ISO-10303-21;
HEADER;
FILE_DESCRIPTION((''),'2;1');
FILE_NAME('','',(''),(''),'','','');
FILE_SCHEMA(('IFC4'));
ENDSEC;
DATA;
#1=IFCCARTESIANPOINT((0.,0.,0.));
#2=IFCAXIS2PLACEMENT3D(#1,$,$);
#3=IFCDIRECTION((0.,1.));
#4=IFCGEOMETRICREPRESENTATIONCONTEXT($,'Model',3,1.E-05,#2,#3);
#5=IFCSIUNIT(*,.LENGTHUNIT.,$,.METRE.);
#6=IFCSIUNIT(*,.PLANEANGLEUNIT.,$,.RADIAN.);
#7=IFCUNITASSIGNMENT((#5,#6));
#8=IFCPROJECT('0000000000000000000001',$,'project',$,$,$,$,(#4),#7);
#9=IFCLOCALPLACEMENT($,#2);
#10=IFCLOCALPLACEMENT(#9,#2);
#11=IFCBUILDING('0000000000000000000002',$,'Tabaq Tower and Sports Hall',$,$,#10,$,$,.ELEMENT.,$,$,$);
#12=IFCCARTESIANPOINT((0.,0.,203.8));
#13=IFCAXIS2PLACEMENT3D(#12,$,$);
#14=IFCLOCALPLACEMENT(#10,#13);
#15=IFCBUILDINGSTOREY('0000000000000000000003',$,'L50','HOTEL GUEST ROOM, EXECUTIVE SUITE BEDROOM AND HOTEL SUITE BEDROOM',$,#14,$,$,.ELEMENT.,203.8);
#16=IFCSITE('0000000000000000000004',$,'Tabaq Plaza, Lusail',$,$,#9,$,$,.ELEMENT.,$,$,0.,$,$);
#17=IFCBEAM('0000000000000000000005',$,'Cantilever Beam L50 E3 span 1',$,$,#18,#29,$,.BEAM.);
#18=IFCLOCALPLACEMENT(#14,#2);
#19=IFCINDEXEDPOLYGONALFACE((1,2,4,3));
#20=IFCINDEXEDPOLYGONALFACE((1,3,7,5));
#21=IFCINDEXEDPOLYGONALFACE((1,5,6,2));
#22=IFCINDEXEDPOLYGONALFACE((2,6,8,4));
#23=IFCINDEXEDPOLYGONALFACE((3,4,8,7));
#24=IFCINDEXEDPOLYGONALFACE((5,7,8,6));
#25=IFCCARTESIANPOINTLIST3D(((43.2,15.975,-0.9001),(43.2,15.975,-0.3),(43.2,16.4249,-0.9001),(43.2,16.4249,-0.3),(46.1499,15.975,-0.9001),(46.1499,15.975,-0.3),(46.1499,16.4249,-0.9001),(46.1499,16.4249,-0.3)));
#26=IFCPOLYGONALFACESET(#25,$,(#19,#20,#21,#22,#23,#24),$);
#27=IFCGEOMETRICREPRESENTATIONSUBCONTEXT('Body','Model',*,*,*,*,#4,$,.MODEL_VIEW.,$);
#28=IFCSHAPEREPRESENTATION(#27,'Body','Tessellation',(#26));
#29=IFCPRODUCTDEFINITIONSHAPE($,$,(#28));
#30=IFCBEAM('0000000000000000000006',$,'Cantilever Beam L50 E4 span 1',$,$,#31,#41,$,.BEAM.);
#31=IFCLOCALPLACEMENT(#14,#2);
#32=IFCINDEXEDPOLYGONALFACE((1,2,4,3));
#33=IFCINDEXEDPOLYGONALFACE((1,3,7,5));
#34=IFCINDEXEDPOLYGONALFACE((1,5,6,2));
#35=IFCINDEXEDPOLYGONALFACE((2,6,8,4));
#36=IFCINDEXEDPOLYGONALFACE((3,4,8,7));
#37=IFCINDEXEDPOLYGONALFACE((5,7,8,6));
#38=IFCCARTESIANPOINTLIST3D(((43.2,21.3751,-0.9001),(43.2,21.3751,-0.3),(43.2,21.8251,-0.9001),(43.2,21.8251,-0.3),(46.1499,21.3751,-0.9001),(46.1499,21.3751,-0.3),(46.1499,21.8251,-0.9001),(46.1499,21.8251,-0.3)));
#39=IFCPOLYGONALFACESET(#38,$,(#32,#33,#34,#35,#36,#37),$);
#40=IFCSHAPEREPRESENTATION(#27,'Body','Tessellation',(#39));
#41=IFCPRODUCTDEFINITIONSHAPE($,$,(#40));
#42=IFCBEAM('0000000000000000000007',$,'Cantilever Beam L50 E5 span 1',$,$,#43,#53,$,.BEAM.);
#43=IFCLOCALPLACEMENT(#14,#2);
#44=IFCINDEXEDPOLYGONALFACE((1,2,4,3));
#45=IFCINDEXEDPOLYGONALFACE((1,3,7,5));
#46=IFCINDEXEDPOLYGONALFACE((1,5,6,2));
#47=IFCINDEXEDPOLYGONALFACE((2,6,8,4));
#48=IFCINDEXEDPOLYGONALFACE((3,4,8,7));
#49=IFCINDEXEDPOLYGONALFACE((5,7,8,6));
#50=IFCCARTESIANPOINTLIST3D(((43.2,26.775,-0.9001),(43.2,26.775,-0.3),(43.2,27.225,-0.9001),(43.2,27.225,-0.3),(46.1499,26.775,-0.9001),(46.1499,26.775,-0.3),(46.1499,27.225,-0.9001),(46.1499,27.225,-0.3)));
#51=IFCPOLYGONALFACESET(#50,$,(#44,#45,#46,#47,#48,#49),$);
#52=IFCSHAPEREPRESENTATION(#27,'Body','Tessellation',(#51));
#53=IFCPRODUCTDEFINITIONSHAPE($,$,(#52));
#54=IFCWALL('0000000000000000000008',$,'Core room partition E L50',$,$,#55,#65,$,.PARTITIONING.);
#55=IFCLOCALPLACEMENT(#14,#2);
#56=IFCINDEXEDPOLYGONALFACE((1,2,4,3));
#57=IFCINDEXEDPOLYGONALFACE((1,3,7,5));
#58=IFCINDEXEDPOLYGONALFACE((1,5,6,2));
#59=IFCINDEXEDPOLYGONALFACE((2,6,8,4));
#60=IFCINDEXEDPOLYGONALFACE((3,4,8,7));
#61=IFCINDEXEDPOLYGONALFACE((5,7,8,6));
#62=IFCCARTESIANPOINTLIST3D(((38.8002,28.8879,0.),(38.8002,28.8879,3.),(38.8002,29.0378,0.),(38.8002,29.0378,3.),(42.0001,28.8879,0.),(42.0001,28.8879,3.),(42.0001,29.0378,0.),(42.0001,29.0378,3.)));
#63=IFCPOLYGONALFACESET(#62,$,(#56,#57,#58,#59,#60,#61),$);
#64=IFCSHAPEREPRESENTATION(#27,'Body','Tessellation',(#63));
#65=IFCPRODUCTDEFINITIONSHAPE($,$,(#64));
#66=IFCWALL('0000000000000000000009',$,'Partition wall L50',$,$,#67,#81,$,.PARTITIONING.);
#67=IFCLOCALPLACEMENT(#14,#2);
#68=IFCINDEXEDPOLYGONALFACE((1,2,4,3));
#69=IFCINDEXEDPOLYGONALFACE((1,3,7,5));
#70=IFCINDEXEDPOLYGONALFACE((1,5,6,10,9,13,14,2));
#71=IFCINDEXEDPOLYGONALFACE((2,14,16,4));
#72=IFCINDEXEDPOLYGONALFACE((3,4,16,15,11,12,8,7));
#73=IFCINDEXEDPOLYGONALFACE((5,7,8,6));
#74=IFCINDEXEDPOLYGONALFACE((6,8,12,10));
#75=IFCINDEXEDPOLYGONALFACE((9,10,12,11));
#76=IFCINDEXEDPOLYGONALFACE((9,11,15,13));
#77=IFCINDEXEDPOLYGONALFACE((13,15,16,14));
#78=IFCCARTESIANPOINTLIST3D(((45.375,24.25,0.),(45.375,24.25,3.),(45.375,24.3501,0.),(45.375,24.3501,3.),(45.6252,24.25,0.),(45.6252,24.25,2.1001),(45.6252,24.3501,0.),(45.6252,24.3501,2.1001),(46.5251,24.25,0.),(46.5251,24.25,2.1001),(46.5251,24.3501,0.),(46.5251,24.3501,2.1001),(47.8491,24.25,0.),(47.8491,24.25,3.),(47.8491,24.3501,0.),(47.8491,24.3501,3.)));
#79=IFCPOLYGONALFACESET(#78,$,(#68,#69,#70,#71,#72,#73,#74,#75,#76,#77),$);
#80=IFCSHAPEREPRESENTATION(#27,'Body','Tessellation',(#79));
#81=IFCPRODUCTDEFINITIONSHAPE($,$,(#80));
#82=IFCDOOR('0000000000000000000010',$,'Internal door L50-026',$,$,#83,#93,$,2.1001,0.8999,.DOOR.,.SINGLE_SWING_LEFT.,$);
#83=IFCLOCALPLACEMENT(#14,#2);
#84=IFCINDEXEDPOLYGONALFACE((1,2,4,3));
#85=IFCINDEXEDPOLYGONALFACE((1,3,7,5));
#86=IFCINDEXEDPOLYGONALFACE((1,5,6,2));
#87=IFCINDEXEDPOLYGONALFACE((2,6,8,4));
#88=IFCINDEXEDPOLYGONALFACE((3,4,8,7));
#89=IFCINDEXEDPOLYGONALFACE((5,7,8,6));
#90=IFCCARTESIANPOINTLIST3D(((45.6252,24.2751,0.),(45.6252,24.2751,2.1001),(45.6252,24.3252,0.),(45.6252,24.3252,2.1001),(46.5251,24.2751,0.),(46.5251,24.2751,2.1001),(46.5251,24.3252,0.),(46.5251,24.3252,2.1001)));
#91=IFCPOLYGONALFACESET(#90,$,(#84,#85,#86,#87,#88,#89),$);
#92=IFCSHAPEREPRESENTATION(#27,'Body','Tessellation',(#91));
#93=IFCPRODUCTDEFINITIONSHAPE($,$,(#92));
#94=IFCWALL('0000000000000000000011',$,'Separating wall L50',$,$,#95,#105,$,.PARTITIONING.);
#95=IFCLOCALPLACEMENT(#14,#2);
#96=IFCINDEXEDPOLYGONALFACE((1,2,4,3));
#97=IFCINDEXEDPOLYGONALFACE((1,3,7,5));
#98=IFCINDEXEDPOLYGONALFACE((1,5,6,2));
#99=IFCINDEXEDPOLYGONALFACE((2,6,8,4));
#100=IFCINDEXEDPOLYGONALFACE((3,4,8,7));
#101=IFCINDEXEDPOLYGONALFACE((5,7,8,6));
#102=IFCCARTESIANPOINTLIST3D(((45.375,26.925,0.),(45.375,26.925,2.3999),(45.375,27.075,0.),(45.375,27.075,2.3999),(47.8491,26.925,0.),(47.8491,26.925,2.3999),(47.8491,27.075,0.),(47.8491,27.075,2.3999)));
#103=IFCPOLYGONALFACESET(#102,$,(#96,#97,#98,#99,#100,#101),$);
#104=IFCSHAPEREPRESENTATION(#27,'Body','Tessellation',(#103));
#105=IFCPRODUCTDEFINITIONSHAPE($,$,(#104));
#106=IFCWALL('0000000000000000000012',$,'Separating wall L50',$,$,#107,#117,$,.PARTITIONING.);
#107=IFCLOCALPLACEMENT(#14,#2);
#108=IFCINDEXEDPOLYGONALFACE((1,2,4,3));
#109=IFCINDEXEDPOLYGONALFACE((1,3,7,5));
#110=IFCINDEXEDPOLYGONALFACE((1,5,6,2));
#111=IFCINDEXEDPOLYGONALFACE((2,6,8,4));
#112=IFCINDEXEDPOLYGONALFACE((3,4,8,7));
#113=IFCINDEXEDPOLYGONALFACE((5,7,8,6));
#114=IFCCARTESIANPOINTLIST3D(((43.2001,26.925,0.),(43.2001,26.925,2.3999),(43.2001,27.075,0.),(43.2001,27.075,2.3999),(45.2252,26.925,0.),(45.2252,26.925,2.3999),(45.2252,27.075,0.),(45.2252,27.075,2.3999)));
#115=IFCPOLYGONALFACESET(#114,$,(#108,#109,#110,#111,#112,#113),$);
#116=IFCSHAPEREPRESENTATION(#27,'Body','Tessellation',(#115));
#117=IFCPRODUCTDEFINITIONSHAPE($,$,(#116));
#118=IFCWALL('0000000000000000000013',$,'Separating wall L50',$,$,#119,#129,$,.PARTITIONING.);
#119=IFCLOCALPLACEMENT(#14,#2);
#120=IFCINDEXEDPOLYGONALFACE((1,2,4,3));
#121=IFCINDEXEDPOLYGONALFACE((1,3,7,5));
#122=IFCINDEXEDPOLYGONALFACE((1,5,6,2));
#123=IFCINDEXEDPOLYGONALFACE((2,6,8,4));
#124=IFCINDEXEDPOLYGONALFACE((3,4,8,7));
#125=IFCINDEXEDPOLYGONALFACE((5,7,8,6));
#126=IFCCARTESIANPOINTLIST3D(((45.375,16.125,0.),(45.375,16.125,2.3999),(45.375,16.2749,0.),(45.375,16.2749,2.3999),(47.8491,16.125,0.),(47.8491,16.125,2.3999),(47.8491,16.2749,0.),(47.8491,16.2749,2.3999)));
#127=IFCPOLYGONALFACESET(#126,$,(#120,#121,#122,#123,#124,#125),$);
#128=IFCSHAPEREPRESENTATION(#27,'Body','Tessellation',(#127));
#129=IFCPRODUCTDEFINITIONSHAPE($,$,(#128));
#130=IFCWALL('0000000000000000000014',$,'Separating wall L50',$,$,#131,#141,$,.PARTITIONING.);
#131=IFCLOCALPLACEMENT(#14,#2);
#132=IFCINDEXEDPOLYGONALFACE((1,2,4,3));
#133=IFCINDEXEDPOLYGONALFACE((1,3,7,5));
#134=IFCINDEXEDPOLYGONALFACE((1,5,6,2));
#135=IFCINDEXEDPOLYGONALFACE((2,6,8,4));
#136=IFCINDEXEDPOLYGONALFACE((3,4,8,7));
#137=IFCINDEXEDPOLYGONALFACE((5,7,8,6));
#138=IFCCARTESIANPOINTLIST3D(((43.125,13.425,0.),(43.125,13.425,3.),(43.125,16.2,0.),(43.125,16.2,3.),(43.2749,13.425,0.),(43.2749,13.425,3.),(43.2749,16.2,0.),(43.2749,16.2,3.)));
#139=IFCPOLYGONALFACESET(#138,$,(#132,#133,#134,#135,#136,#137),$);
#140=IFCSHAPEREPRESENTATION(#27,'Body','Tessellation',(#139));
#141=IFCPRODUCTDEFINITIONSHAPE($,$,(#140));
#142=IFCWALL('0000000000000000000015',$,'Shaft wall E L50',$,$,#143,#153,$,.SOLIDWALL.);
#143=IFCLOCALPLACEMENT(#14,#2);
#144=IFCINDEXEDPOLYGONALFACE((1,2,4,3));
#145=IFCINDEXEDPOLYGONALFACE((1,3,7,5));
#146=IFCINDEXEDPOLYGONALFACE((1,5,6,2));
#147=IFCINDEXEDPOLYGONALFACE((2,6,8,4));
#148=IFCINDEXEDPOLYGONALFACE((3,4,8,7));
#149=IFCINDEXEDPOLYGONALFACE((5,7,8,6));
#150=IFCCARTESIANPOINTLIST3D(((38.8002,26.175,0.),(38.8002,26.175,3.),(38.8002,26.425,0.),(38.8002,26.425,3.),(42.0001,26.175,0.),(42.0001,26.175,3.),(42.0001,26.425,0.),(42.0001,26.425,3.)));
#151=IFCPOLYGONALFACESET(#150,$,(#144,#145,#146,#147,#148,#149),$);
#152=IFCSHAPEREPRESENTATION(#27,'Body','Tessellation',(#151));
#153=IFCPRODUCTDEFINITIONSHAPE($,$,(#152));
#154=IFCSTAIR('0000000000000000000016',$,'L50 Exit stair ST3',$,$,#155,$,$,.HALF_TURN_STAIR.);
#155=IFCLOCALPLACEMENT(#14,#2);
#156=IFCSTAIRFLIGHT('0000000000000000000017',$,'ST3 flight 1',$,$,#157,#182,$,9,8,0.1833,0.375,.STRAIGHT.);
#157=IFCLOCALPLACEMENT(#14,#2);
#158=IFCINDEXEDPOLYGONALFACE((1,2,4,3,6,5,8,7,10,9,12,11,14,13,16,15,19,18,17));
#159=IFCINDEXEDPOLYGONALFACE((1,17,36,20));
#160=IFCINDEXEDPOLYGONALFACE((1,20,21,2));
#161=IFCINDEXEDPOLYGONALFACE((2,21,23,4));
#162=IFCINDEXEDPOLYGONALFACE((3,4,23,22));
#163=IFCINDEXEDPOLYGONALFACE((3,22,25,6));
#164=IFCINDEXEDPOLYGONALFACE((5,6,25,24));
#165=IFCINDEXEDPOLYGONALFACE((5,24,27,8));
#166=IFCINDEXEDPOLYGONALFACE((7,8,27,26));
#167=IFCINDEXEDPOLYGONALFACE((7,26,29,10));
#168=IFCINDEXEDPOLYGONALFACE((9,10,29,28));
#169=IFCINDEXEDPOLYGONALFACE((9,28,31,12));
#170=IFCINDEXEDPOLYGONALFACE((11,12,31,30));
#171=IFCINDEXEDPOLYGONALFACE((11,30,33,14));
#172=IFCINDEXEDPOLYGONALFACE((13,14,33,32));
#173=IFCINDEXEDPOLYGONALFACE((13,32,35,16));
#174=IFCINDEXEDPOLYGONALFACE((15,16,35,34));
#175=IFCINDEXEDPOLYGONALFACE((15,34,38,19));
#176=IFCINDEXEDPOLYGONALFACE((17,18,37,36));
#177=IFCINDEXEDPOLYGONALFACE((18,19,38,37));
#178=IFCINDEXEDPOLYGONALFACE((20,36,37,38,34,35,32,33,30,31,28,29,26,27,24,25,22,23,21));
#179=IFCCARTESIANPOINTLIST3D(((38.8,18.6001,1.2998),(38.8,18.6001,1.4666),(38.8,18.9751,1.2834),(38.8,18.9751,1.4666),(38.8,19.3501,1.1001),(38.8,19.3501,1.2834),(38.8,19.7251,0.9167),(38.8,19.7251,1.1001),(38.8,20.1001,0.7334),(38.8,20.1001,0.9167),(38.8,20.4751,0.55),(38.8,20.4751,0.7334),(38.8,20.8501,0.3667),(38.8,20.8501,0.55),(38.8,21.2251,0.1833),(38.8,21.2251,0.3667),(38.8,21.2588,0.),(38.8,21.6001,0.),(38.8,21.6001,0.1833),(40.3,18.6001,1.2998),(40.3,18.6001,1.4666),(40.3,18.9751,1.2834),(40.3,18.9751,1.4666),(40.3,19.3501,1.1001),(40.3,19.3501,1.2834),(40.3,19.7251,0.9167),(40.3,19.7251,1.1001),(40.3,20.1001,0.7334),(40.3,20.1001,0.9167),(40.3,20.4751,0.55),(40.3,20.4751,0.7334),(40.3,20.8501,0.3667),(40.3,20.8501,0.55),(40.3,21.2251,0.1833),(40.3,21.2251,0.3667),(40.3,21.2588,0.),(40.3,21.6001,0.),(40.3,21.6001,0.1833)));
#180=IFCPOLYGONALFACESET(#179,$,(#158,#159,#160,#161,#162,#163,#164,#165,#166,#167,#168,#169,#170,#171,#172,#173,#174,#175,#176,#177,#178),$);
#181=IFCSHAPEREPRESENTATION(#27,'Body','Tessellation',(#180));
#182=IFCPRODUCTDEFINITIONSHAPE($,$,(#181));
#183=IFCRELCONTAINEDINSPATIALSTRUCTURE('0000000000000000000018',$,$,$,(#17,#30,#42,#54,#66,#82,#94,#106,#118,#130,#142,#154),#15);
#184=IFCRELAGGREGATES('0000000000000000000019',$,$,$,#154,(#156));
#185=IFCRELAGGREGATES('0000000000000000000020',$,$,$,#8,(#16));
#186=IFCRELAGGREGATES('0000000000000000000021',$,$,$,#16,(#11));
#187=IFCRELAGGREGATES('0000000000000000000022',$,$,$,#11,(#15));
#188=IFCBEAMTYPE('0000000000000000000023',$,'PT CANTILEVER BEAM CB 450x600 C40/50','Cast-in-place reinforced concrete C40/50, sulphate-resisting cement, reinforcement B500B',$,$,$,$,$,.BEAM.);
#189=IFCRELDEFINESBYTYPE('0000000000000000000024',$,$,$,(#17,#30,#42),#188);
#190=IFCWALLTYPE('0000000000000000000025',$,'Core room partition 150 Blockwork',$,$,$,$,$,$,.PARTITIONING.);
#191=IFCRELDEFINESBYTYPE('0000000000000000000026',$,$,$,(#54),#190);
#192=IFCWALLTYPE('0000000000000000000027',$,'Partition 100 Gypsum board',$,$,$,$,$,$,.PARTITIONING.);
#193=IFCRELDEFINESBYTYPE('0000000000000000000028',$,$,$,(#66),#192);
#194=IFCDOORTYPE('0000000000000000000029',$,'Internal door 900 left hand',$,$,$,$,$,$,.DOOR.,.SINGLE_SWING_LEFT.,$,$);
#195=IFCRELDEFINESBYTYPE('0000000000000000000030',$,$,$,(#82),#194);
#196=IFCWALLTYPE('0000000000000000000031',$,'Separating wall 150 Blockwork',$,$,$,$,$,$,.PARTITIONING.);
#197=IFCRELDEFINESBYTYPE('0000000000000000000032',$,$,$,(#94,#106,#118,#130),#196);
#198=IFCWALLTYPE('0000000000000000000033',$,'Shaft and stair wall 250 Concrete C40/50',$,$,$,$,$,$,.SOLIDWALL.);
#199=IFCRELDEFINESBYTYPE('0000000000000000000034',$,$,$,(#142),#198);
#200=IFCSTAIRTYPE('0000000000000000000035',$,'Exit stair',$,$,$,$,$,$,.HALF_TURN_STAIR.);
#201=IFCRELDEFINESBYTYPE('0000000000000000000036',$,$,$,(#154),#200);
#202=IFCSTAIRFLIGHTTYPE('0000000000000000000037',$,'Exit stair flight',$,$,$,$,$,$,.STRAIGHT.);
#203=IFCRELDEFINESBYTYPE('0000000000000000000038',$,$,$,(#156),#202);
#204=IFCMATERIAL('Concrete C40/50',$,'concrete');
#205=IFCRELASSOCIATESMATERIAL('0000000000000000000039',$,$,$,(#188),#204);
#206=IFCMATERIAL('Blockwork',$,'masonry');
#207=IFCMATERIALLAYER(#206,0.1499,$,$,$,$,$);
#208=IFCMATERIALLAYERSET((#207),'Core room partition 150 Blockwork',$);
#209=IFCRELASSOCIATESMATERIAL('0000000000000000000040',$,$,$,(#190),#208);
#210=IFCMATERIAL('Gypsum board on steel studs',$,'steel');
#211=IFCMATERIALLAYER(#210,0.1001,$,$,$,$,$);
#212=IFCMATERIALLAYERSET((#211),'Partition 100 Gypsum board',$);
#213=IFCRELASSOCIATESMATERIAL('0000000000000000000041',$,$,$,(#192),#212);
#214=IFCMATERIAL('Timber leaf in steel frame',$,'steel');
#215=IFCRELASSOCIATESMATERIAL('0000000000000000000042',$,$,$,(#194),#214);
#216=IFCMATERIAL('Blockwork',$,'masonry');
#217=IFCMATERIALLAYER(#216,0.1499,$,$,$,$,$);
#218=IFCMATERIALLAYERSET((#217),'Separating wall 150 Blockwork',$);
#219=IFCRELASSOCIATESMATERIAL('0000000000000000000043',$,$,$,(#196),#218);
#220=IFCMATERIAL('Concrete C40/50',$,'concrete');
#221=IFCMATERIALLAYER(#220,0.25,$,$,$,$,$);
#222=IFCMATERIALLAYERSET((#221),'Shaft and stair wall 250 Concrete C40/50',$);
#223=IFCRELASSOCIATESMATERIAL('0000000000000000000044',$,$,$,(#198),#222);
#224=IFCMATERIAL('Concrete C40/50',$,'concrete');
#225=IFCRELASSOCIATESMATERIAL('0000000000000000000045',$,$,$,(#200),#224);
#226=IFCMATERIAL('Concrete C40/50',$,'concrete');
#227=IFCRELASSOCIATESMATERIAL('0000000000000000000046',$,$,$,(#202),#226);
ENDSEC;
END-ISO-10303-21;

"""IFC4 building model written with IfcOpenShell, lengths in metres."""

from ifc_helpers import new_model, si_unit, direction, frame, frame_2d, origin, origin_2d, place, context, subcontext, project, spatial, polyline, rectangle, outline, extrude, material, layer, layer_set, material_profile, profile_set, type_object, element, fill, aggregate, save


model = new_model("IFC4")

# Units and contexts
model_context = context("Model", 3, precision=1e-05, world=origin(), true_north=direction((0.0, 1.0)))
body_context = subcontext(model_context, "Body", "Model", "MODEL_VIEW")
ifc_project = project(units=[si_unit("LENGTHUNIT", "METRE"), si_unit("PLANEANGLEUNIT", "RADIAN")], contexts=[model_context])

# Site, building, storey
site_placement = place(None, origin())
site = spatial("IfcSite", under=ifc_project, at=site_placement, Name="Tabaq Plaza, Lusail", CompositionType="ELEMENT", RefElevation=0.0)
building_placement = place(site_placement, origin())
building = spatial("IfcBuilding", under=site, at=building_placement, Name="Tabaq Tower and Sports Hall", CompositionType="ELEMENT")
storey_placement = place(building_placement, frame((0.0, 0.0, 203.8)))
storey = spatial("IfcBuildingStorey", under=building, at=storey_placement, Name="L50", Description="HOTEL GUEST ROOM, EXECUTIVE SUITE BEDROOM AND HOTEL SUITE BEDROOM", CompositionType="ELEMENT", Elevation=203.8)

# Beams
ifc_material_1 = material(Name="Concrete C40/50", Category="concrete")
ifc_material_profile = material_profile(ifc_material_1, rectangle(XDim=0.45, YDim=0.6001, at=origin_2d()), Name="CB 450x600")
ifc_profile_set = profile_set([ifc_material_profile], Name="Concrete C40/50")
beam_type = type_object("IfcBeamType", Name="PT CANTILEVER BEAM CB 450x600 C40/50", Description="Cast-in-place reinforced concrete C40/50, sulphate-resisting cement, reinforcement B500B", PredefinedType="BEAM", material=ifc_profile_set)
for number, where, z_axis, x_axis, name in (
    (1, (46.1499, 16.2, -0.6001), (-1.0, 0.0, 0.0), (0.0, -1.0, 0.0), "Cantilever Beam L50 E3 span 1"),
    (2, (46.1499, 21.6001, -0.6001), (-1.0, 0.0, 0.0), (0.0, -1.0, 0.0), "Cantilever Beam L50 E4 span 1"),
    (3, (46.1499, 27.0, -0.6001), (-1.0, 0.0, 0.0), (0.0, -1.0, 0.0), "Cantilever Beam L50 E5 span 1"),
):
    element("IfcBeam", number, at=place(storey_placement, frame(where, z_axis=z_axis, x_axis=x_axis)), inside=storey, type_object=beam_type, Name=name, PredefinedType="BEAM", context=body_context, shape_type="SweptSolid", body=[
        extrude(rectangle(XDim=0.45, YDim=0.6001, at=origin_2d()), origin(), (0.0, 0.0, 1.0), 2.95),
    ])

# Wall
ifc_material_2 = material(Name="Blockwork", Category="masonry")
ifc_layer_1 = layer(ifc_material_2, 0.1499)
ifc_layer_set_1 = layer_set([ifc_layer_1], Name="Core room partition 150 Blockwork")
wall_type_1 = type_object("IfcWallType", Name="Core room partition 150 Blockwork", PredefinedType="PARTITIONING", material=ifc_layer_set_1)
wall_1_placement = place(storey_placement, frame((38.8, 28.9629, 0.0), z_axis=(0.0, 0.0, 1.0), x_axis=(1.0, 0.0, 0.0)))
element("IfcWall", 4, at=wall_1_placement, inside=storey, type_object=wall_type_1, Name="Core room partition E L50", PredefinedType="PARTITIONING", context=body_context, shape_type="SweptSolid", body=[
    extrude(rectangle(XDim=3.2, YDim=0.1499, at=frame_2d((1.6001, 0.0))), origin(), (0.0, 0.0, 1.0), 3.0),
])

# Wall, opening, door
ifc_material_3 = material(Name="Gypsum board on steel studs", Category="steel")
ifc_layer_2 = layer(ifc_material_3, 0.1001)
ifc_layer_set_2 = layer_set([ifc_layer_2], Name="Partition 100 Gypsum board")
wall_type_2 = type_object("IfcWallType", Name="Partition 100 Gypsum board", PredefinedType="PARTITIONING", material=ifc_layer_set_2)
wall_2_placement = place(storey_placement, frame((47.8491, 24.3, 0.0), z_axis=(0.0, 0.0, 1.0), x_axis=(-1.0, 0.0, 0.0)))
wall_2 = element("IfcWall", 5, at=wall_2_placement, inside=storey, type_object=wall_type_2, Name="Partition wall L50", PredefinedType="PARTITIONING", context=body_context, shape_type="SweptSolid", body=[
    extrude(rectangle(XDim=2.4741, YDim=0.1001, at=frame_2d((1.2371, 0.0))), origin(), (0.0, 0.0, 1.0), 3.0),
])
opening_1_placement = place(wall_2_placement, frame((1.324, 0.0, 0.0)))
opening_1 = element("IfcOpeningElement", 6, at=opening_1_placement, cuts=wall_2, PredefinedType="OPENING", context=body_context, shape_type="SweptSolid", body=[
    extrude(rectangle(XDim=0.8999, YDim=2.1001, at=frame_2d((0.45, 1.05))), frame((0.0, 0.05, 0.0), z_axis=(0.0, -1.0, 0.0), x_axis=(1.0, 0.0, 0.0)), (0.0, 0.0, 1.0), 0.1001),
])
ifc_material_4 = material(Name="Timber leaf in steel frame", Category="steel")
door_type_1 = type_object("IfcDoorType", Name="Internal door 900 left hand", OperationType="SINGLE_SWING_LEFT", PredefinedType="DOOR", material=ifc_material_4)
door_1_placement = place(opening_1_placement, origin())
door_1 = element("IfcDoor", 7, at=door_1_placement, inside=storey, type_object=door_type_1, Name="Internal door L50-026", OperationType="SINGLE_SWING_LEFT", OverallHeight=2.1001, OverallWidth=0.8999, PredefinedType="DOOR", context=body_context, shape_type="SweptSolid", body=[
    extrude(rectangle(XDim=0.8999, YDim=2.1001, at=frame_2d((0.45, 1.05))), frame((0.0, 0.0249, 0.0), z_axis=(0.0, -1.0, 0.0), x_axis=(1.0, 0.0, 0.0)), (0.0, 0.0, 1.0), 0.05),
])
fill(opening_1, door_1)

# Walls
ifc_material_5 = material(Name="Blockwork", Category="masonry")
ifc_layer_3 = layer(ifc_material_5, 0.1499)
ifc_layer_set_3 = layer_set([ifc_layer_3], Name="Separating wall 150 Blockwork")
wall_type_3 = type_object("IfcWallType", Name="Separating wall 150 Blockwork", PredefinedType="PARTITIONING", material=ifc_layer_set_3)
wall_3_placement = place(storey_placement, frame((45.375, 27.0, 0.0), z_axis=(0.0, 0.0, 1.0), x_axis=(1.0, 0.0, 0.0)))
element("IfcWall", 8, at=wall_3_placement, inside=storey, type_object=wall_type_3, Name="Separating wall L50", PredefinedType="PARTITIONING", context=body_context, shape_type="SweptSolid", body=[
    extrude(rectangle(XDim=2.4741, YDim=0.1499, at=frame_2d((1.2371, 0.0))), origin(), (0.0, 0.0, 1.0), 2.3999),
])
wall_4_placement = place(storey_placement, frame((43.2, 27.0, 0.0), z_axis=(0.0, 0.0, 1.0), x_axis=(1.0, 0.0, 0.0)))
element("IfcWall", 9, at=wall_4_placement, inside=storey, type_object=wall_type_3, Name="Separating wall L50", PredefinedType="PARTITIONING", context=body_context, shape_type="SweptSolid", body=[
    extrude(rectangle(XDim=2.0251, YDim=0.1499, at=frame_2d((1.0127, 0.0))), origin(), (0.0, 0.0, 1.0), 2.3999),
])
wall_5_placement = place(storey_placement, frame((47.8491, 16.2, 0.0), z_axis=(0.0, 0.0, 1.0), x_axis=(-1.0, 0.0, 0.0)))
element("IfcWall", 10, at=wall_5_placement, inside=storey, type_object=wall_type_3, Name="Separating wall L50", PredefinedType="PARTITIONING", context=body_context, shape_type="SweptSolid", body=[
    extrude(rectangle(XDim=2.4741, YDim=0.1499, at=frame_2d((1.2371, 0.0))), origin(), (0.0, 0.0, 1.0), 2.3999),
])
wall_6_placement = place(storey_placement, frame((43.2, 16.2, 0.0), z_axis=(0.0, 0.0, 1.0), x_axis=(0.0, -1.0, 0.0)))
element("IfcWall", 11, at=wall_6_placement, inside=storey, type_object=wall_type_3, Name="Separating wall L50", PredefinedType="PARTITIONING", context=body_context, shape_type="SweptSolid", body=[
    extrude(rectangle(XDim=2.7749, YDim=0.1499, at=frame_2d((1.3875, 0.0))), origin(), (0.0, 0.0, 1.0), 3.0),
])
ifc_material_6 = material(Name="Concrete C40/50", Category="concrete")
ifc_layer_4 = layer(ifc_material_6, 0.25)
ifc_layer_set_4 = layer_set([ifc_layer_4], Name="Shaft and stair wall 250 Concrete C40/50")
wall_type_4 = type_object("IfcWallType", Name="Shaft and stair wall 250 Concrete C40/50", PredefinedType="SOLIDWALL", material=ifc_layer_set_4)
wall_7_placement = place(storey_placement, frame((38.8, 26.3, 0.0), z_axis=(0.0, 0.0, 1.0), x_axis=(1.0, 0.0, 0.0)))
element("IfcWall", 12, at=wall_7_placement, inside=storey, type_object=wall_type_4, Name="Shaft wall E L50", PredefinedType="SOLIDWALL", context=body_context, shape_type="SweptSolid", body=[
    extrude(rectangle(XDim=3.2, YDim=0.25, at=frame_2d((1.6001, 0.0))), origin(), (0.0, 0.0, 1.0), 3.0),
])

# Stair, stair flight
ifc_material_7 = material(Name="Concrete C40/50", Category="concrete")
stair_type = type_object("IfcStairType", Name="Exit stair", PredefinedType="HALF_TURN_STAIR", material=ifc_material_7)
stair_placement = place(storey_placement, origin())
stair = element("IfcStair", 13, at=stair_placement, inside=storey, type_object=stair_type, Name="L50 Exit stair ST3", PredefinedType="HALF_TURN_STAIR")
ifc_material_8 = material(Name="Concrete C40/50", Category="concrete")
stair_flight_type = type_object("IfcStairFlightType", Name="Exit stair flight", PredefinedType="STRAIGHT", material=ifc_material_8)
stair_flight_1_placement = place(storey_placement, frame((39.55, 21.6001, 0.0), z_axis=(0.0, 0.0, 1.0), x_axis=(0.0, -1.0, 0.0)))
stair_flight_1 = element("IfcStairFlight", 14, at=stair_flight_1_placement, type_object=stair_flight_type, Name="ST3 flight 1", NumberOfRisers=9, NumberOfTreads=8, PredefinedType="STRAIGHT", RiserHeight=0.1833, TreadLength=0.375, context=body_context, shape_type="SweptSolid", body=[
    extrude(outline(polyline([(0.0, 0.0), (0.0, 0.1833), (0.375, 0.1833), (0.375, 0.3667), (0.75, 0.3667), (0.75, 0.55), (1.125, 0.55), (1.125, 0.7334), (1.5, 0.7334), (1.5, 0.9167), (1.875, 0.9167), (1.875, 1.1001), (2.25, 1.1001), (2.25, 1.2834), (2.625, 1.2834), (2.625, 1.4666), (3.0, 1.4666), (3.0, 1.6499), (3.0, 1.2998), (0.3413, 0.0), (0.0, 0.0)])), frame((0.0, 0.75, 0.0), z_axis=(0.0, -1.0, 0.0), x_axis=(1.0, 0.0, 0.0)), (0.0, 0.0, 1.0), 1.5),
])
aggregate(stair, [stair_flight_1])

save(model, "model.ifc")
